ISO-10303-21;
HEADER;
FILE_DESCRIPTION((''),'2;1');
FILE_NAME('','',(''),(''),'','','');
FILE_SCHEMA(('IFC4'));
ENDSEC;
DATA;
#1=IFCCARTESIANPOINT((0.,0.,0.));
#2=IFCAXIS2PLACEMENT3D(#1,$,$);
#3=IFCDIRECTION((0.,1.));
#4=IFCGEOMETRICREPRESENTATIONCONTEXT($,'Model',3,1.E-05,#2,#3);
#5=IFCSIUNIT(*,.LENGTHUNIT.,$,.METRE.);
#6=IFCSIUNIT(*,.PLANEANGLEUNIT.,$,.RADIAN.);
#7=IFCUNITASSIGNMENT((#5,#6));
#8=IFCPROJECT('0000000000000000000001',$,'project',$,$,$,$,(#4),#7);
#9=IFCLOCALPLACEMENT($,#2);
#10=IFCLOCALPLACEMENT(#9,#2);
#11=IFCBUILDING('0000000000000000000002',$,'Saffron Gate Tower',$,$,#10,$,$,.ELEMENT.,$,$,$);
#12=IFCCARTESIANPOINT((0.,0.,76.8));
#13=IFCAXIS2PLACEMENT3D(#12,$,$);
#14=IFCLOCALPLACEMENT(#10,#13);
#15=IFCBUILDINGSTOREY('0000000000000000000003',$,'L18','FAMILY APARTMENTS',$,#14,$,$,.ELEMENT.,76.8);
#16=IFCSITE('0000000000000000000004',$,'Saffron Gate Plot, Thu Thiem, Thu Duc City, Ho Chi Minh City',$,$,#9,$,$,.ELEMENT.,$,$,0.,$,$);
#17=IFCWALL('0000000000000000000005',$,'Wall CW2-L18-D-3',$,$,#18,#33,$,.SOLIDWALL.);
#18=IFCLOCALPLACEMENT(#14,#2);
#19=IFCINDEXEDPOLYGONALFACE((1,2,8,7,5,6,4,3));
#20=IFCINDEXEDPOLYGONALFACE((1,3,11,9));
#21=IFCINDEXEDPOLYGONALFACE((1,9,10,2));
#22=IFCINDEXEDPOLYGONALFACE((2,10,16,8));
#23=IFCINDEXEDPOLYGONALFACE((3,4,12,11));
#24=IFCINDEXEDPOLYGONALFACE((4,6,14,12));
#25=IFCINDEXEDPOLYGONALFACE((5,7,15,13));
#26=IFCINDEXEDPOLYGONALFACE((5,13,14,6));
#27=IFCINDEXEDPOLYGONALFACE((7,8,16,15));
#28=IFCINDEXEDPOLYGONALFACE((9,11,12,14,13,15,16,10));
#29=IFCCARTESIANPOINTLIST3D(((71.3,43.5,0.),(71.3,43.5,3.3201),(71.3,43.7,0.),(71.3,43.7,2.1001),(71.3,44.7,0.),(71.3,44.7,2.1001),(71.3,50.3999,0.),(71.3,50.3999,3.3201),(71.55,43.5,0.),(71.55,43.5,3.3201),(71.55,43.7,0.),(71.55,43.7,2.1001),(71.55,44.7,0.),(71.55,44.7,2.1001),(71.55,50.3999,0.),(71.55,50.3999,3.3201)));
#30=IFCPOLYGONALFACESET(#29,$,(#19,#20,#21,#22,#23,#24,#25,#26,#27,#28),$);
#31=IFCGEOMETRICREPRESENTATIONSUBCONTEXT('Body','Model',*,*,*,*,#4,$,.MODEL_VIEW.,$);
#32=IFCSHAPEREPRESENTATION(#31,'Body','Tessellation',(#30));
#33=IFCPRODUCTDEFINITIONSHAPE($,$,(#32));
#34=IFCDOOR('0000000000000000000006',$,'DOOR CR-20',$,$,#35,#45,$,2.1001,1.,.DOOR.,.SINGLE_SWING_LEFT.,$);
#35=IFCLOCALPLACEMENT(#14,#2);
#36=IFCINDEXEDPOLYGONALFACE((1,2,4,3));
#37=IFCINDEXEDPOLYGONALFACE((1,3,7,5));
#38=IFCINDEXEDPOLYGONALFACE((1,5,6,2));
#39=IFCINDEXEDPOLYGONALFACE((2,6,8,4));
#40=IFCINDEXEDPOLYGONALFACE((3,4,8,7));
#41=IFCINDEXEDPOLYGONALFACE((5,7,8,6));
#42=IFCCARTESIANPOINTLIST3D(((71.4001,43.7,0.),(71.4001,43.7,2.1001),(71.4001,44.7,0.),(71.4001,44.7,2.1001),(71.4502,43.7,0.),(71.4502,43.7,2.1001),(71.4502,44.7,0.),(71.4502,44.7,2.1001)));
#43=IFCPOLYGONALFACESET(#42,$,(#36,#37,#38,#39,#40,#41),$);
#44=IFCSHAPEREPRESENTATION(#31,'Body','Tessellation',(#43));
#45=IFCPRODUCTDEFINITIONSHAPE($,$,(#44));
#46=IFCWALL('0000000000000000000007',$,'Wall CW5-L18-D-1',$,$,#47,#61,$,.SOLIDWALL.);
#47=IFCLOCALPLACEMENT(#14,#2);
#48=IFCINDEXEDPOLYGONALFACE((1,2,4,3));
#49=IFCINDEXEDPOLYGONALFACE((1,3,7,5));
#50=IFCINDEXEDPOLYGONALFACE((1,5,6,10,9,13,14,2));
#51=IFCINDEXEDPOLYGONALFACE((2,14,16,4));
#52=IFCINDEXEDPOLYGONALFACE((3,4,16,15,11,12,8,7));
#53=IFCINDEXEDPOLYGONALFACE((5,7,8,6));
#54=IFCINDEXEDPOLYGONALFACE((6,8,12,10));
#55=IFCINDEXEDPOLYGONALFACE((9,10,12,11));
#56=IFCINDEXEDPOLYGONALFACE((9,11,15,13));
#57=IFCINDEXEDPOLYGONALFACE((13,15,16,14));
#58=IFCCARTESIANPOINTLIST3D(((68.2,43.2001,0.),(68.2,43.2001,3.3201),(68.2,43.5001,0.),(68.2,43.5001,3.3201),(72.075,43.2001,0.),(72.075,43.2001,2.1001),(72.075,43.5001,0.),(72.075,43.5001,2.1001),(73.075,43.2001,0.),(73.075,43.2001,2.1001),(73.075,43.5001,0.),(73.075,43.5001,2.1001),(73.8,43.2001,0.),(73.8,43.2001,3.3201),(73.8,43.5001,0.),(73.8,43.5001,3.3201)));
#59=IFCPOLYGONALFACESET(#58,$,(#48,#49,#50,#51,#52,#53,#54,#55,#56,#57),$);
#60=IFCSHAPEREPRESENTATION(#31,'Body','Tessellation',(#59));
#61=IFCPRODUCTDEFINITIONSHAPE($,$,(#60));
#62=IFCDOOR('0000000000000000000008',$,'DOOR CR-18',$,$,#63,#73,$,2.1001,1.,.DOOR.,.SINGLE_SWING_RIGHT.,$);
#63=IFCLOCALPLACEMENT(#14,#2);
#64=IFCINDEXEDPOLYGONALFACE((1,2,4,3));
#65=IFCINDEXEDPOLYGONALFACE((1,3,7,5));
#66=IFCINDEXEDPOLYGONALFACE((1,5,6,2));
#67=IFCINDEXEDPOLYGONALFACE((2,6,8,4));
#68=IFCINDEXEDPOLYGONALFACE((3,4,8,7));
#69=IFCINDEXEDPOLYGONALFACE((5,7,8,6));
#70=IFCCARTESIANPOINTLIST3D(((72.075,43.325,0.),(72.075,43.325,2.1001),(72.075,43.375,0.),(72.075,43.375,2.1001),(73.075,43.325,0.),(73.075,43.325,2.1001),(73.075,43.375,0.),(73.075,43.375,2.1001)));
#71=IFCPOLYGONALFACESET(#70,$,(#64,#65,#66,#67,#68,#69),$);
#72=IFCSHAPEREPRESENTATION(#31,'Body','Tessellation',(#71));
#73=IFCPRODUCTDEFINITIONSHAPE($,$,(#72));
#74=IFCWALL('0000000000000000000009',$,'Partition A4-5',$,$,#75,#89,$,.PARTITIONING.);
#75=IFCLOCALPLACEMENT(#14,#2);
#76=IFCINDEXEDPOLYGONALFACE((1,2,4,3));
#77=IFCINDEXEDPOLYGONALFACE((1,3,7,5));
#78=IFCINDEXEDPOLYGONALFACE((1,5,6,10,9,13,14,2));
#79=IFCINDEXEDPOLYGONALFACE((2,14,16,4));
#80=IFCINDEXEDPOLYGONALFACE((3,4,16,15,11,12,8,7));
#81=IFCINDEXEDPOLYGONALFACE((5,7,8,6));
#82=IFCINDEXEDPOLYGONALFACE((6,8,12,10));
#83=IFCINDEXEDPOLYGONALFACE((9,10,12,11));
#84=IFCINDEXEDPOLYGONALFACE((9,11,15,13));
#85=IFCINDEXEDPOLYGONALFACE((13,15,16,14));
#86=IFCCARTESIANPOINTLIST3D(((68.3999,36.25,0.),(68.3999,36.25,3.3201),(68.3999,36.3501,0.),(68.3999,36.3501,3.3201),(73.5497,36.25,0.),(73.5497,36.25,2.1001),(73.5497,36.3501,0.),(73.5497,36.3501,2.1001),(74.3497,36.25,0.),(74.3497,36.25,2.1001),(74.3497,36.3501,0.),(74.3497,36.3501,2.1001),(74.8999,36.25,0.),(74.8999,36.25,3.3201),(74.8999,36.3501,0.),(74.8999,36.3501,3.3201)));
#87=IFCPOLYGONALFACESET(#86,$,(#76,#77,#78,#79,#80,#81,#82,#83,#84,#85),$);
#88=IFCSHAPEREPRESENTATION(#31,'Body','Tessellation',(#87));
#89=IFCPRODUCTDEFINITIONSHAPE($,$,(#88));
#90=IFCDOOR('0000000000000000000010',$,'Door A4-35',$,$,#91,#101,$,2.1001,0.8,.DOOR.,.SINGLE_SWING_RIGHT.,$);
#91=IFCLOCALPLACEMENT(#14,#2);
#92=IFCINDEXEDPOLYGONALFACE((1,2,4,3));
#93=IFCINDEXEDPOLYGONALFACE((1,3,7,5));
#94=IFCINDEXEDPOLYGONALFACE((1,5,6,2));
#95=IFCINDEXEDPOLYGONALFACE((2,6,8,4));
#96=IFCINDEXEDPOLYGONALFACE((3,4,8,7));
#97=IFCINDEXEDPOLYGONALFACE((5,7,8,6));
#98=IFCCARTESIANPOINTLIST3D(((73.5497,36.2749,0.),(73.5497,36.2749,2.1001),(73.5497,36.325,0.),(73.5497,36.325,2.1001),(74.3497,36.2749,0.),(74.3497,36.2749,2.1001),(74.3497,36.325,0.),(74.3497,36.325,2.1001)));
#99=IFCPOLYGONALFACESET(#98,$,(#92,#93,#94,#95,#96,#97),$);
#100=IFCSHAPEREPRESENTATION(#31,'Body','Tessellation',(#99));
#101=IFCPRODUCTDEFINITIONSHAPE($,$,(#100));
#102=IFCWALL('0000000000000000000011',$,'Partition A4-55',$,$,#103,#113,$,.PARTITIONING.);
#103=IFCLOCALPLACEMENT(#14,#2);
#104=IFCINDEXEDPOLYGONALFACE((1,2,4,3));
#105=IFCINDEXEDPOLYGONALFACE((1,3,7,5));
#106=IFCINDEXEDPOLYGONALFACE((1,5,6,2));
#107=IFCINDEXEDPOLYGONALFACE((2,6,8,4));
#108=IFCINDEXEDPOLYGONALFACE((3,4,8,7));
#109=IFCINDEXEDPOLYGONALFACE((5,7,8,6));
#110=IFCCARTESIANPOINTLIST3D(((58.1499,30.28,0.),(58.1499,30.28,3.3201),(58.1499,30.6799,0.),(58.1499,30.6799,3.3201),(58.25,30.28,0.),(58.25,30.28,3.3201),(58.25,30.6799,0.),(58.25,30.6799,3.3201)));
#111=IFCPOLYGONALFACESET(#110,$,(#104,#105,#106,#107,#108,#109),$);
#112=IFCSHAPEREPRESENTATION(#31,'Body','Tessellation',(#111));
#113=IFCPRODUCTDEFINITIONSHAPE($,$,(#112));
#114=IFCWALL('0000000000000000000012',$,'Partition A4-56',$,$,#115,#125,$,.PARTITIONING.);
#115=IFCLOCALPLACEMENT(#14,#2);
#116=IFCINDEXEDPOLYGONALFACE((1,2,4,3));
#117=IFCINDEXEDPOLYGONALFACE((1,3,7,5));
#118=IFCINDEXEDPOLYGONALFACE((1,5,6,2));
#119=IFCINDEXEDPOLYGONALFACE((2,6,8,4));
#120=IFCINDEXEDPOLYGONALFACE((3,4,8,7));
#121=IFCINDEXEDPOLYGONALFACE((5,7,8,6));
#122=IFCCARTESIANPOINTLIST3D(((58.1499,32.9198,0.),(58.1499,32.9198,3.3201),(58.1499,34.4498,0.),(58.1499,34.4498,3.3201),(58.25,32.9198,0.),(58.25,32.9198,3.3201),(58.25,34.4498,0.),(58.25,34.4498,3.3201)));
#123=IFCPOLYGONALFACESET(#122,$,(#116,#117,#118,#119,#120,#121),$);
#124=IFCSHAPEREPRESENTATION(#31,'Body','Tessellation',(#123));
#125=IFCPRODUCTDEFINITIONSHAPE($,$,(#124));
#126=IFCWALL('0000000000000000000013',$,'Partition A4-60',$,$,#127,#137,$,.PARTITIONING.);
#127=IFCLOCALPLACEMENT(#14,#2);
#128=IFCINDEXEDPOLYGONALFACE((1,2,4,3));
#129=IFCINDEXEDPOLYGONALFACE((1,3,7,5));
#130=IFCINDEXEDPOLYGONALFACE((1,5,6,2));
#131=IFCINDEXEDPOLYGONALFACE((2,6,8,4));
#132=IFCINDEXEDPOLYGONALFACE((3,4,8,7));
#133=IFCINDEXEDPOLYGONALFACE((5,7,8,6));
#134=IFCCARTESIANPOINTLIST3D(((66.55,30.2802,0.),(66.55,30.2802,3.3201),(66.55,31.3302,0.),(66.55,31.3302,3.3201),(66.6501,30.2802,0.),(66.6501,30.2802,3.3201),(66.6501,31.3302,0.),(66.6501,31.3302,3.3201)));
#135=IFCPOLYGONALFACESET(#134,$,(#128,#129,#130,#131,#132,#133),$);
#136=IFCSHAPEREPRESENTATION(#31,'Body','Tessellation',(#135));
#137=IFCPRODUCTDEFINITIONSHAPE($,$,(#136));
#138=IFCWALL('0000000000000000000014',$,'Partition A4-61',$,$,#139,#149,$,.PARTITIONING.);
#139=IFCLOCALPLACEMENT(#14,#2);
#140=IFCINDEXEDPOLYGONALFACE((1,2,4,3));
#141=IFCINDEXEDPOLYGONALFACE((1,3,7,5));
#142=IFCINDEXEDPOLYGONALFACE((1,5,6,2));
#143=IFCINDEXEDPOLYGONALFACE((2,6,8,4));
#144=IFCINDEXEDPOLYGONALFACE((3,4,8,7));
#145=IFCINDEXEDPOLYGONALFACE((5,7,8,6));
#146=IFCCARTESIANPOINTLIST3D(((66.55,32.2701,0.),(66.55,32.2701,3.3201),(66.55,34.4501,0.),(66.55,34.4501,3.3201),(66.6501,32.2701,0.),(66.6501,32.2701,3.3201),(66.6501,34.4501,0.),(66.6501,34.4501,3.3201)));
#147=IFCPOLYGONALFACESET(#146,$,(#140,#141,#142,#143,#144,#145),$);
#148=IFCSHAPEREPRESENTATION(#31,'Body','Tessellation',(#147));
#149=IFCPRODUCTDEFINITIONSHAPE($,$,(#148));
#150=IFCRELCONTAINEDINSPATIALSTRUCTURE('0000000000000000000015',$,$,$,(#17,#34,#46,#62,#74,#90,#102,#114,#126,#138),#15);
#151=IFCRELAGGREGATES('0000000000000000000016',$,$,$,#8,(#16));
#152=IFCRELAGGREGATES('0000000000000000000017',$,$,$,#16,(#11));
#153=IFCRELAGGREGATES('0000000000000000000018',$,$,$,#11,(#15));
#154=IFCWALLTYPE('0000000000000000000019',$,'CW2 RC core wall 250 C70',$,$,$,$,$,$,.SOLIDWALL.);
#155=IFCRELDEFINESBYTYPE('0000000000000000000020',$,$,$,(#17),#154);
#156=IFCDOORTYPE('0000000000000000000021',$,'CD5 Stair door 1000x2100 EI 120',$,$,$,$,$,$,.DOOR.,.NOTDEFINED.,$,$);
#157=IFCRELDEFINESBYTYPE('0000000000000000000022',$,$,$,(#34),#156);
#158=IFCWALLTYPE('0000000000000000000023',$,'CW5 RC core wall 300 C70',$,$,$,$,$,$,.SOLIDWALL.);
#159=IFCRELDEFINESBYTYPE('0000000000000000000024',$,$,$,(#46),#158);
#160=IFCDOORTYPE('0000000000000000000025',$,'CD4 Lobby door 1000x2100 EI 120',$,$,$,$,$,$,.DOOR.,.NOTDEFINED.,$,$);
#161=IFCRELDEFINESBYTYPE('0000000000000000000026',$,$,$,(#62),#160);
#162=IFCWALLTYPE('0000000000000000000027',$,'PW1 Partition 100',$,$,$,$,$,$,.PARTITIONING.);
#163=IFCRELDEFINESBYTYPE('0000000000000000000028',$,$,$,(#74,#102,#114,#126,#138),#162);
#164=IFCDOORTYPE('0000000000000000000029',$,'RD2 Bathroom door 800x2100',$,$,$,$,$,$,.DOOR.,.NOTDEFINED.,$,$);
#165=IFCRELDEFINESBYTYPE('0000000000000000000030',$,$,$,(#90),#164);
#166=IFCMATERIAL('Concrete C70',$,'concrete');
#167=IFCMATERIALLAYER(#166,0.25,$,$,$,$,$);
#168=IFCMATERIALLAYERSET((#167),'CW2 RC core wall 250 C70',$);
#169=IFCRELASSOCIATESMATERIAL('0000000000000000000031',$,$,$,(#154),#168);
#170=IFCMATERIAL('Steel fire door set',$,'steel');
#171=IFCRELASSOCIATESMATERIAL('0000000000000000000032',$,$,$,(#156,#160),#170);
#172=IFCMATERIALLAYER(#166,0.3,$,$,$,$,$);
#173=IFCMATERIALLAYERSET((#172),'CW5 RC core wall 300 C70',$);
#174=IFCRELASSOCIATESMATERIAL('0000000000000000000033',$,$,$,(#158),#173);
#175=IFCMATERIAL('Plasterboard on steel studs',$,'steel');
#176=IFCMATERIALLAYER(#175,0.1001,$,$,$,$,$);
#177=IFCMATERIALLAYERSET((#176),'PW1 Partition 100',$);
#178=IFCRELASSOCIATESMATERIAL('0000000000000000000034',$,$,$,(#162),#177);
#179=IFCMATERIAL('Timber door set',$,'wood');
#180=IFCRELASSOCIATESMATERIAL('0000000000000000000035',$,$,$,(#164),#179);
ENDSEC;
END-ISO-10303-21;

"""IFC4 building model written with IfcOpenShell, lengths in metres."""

from ifc_helpers import new_model, si_unit, direction, frame, frame_2d, origin, place, context, subcontext, project, spatial, rectangle, extrude, material, layer, layer_set, type_object, element, fill, save


model = new_model("IFC4")

# Units and contexts
model_context = context("Model", 3, precision=1e-05, world=origin(), true_north=direction((0.0, 1.0)))
body_context = subcontext(model_context, "Body", "Model", "MODEL_VIEW")
ifc_project = project(units=[si_unit("LENGTHUNIT", "METRE"), si_unit("PLANEANGLEUNIT", "RADIAN")], contexts=[model_context])

# Site, building, storey
site_placement = place(None, origin())
site = spatial("IfcSite", under=ifc_project, at=site_placement, Name="Saffron Gate Plot, Thu Thiem, Thu Duc City, Ho Chi Minh City", CompositionType="ELEMENT", RefElevation=0.0)
building_placement = place(site_placement, origin())
building = spatial("IfcBuilding", under=site, at=building_placement, Name="Saffron Gate Tower", CompositionType="ELEMENT")
storey_placement = place(building_placement, frame((0.0, 0.0, 76.8)))
storey = spatial("IfcBuildingStorey", under=building, at=storey_placement, Name="L18", Description="FAMILY APARTMENTS", CompositionType="ELEMENT", Elevation=76.8)

# Shared definitions
ifc_material_1 = material(Name="Concrete C70", Category="concrete")
ifc_layer_1 = layer(ifc_material_1, 0.25)
ifc_layer_set_1 = layer_set([ifc_layer_1], Name="CW2 RC core wall 250 C70")
wall_type_1 = type_object("IfcWallType", Name="CW2 RC core wall 250 C70", PredefinedType="SOLIDWALL", material=ifc_layer_set_1)

# Walls, openings, doors
wall_1_placement = place(storey_placement, frame((71.425, 43.5, 0.0), z_axis=(0.0, 0.0, 1.0), x_axis=(0.0, 1.0, 0.0)))
wall_1 = element("IfcWall", 1, at=wall_1_placement, inside=storey, type_object=wall_type_1, Name="Wall CW2-L18-D-3", PredefinedType="SOLIDWALL", context=body_context, shape_type="SweptSolid", body=[
    extrude(rectangle(XDim=6.8999, YDim=0.25, at=frame_2d((3.45, 0.0))), origin(), (0.0, 0.0, 1.0), 3.3201),
])
opening_1_placement = place(wall_1_placement, frame((0.2, 0.0, 0.0)))
opening_1 = element("IfcOpeningElement", 2, at=opening_1_placement, cuts=wall_1, PredefinedType="OPENING", context=body_context, shape_type="SweptSolid", body=[
    extrude(rectangle(XDim=1.0, YDim=2.1001, at=frame_2d((0.5, 1.05))), frame((0.0, 0.135, 0.0), z_axis=(0.0, -1.0, 0.0), x_axis=(1.0, 0.0, 0.0)), (0.0, 0.0, 1.0), 0.27),
])
ifc_material_2 = material(Name="Steel fire door set", Category="steel")
door_type_1 = type_object("IfcDoorType", Name="CD5 Stair door 1000x2100 EI 120", OperationType="NOTDEFINED", PredefinedType="DOOR", material=ifc_material_2)
door_1_placement = place(opening_1_placement, origin())
door_1 = element("IfcDoor", 3, at=door_1_placement, inside=storey, type_object=door_type_1, Name="DOOR CR-20", OperationType="SINGLE_SWING_LEFT", OverallHeight=2.1001, OverallWidth=1.0, PredefinedType="DOOR", context=body_context, shape_type="SweptSolid", body=[
    extrude(rectangle(XDim=1.0, YDim=2.1001, at=frame_2d((0.5, 1.05))), frame((0.0, 0.0249, 0.0), z_axis=(0.0, -1.0, 0.0), x_axis=(1.0, 0.0, 0.0)), (0.0, 0.0, 1.0), 0.05),
])
fill(opening_1, door_1)
ifc_layer_2 = layer(ifc_material_1, 0.3)
ifc_layer_set_2 = layer_set([ifc_layer_2], Name="CW5 RC core wall 300 C70")
wall_type_2 = type_object("IfcWallType", Name="CW5 RC core wall 300 C70", PredefinedType="SOLIDWALL", material=ifc_layer_set_2)
wall_2_placement = place(storey_placement, frame((68.2, 43.3501, 0.0), z_axis=(0.0, 0.0, 1.0), x_axis=(1.0, 0.0, 0.0)))
wall_2 = element("IfcWall", 4, at=wall_2_placement, inside=storey, type_object=wall_type_2, Name="Wall CW5-L18-D-1", PredefinedType="SOLIDWALL", context=body_context, shape_type="SweptSolid", body=[
    extrude(rectangle(XDim=5.6001, YDim=0.3, at=frame_2d((2.8, 0.0))), origin(), (0.0, 0.0, 1.0), 3.3201),
])
opening_2_placement = place(wall_2_placement, frame((3.875, 0.0, 0.0)))
opening_2 = element("IfcOpeningElement", 5, at=opening_2_placement, cuts=wall_2, PredefinedType="OPENING", context=body_context, shape_type="SweptSolid", body=[
    extrude(rectangle(XDim=1.0, YDim=2.1001, at=frame_2d((0.5, 1.05))), frame((0.0, 0.1602, 0.0), z_axis=(0.0, -1.0, 0.0), x_axis=(1.0, 0.0, 0.0)), (0.0, 0.0, 1.0), 0.3201),
])
door_type_2 = type_object("IfcDoorType", Name="CD4 Lobby door 1000x2100 EI 120", OperationType="NOTDEFINED", PredefinedType="DOOR", material=ifc_material_2)
door_2_placement = place(opening_2_placement, origin())
door_2 = element("IfcDoor", 6, at=door_2_placement, inside=storey, type_object=door_type_2, Name="DOOR CR-18", OperationType="SINGLE_SWING_RIGHT", OverallHeight=2.1001, OverallWidth=1.0, PredefinedType="DOOR", context=body_context, shape_type="SweptSolid", body=[
    extrude(rectangle(XDim=1.0, YDim=2.1001, at=frame_2d((0.5, 1.05))), frame((0.0, 0.0249, 0.0), z_axis=(0.0, -1.0, 0.0), x_axis=(1.0, 0.0, 0.0)), (0.0, 0.0, 1.0), 0.05),
])
fill(opening_2, door_2)
ifc_material_3 = material(Name="Plasterboard on steel studs", Category="steel")
ifc_layer_3 = layer(ifc_material_3, 0.1001)
ifc_layer_set_3 = layer_set([ifc_layer_3], Name="PW1 Partition 100")
wall_type_3 = type_object("IfcWallType", Name="PW1 Partition 100", PredefinedType="PARTITIONING", material=ifc_layer_set_3)
wall_3_placement = place(storey_placement, frame((68.3999, 36.3, 0.0), z_axis=(0.0, 0.0, 1.0), x_axis=(1.0, 0.0, 0.0)))
wall_3 = element("IfcWall", 7, at=wall_3_placement, inside=storey, type_object=wall_type_3, Name="Partition A4-5", PredefinedType="PARTITIONING", context=body_context, shape_type="SweptSolid", body=[
    extrude(rectangle(XDim=6.5, YDim=0.1001, at=frame_2d((3.25, 0.0))), origin(), (0.0, 0.0, 1.0), 3.3201),
])
opening_3_placement = place(wall_3_placement, frame((5.1499, 0.0, 0.0)))
opening_3 = element("IfcOpeningElement", 8, at=opening_3_placement, cuts=wall_3, PredefinedType="OPENING", context=body_context, shape_type="SweptSolid", body=[
    extrude(rectangle(XDim=0.8, YDim=2.1001, at=frame_2d((0.3999, 1.05))), frame((0.0, 0.0601, 0.0), z_axis=(0.0, -1.0, 0.0), x_axis=(1.0, 0.0, 0.0)), (0.0, 0.0, 1.0), 0.1201),
])
ifc_material_4 = material(Name="Timber door set", Category="wood")
door_type_3 = type_object("IfcDoorType", Name="RD2 Bathroom door 800x2100", OperationType="NOTDEFINED", PredefinedType="DOOR", material=ifc_material_4)
door_3_placement = place(opening_3_placement, origin())
door_3 = element("IfcDoor", 9, at=door_3_placement, inside=storey, type_object=door_type_3, Name="Door A4-35", OperationType="SINGLE_SWING_RIGHT", OverallHeight=2.1001, OverallWidth=0.8, PredefinedType="DOOR", context=body_context, shape_type="SweptSolid", body=[
    extrude(rectangle(XDim=0.8, YDim=2.1001, at=frame_2d((0.3999, 1.05))), frame((0.0, 0.0249, 0.0), z_axis=(0.0, -1.0, 0.0), x_axis=(1.0, 0.0, 0.0)), (0.0, 0.0, 1.0), 0.05),
])
fill(opening_3, door_3)

# Walls
wall_4_placement = place(storey_placement, frame((58.2, 30.6799, 0.0), z_axis=(0.0, 0.0, 1.0), x_axis=(0.0, -1.0, 0.0)))
element("IfcWall", 10, at=wall_4_placement, inside=storey, type_object=wall_type_3, Name="Partition A4-55", PredefinedType="PARTITIONING", context=body_context, shape_type="SweptSolid", body=[
    extrude(rectangle(XDim=0.3999, YDim=0.1001, at=frame_2d((0.2, 0.0))), origin(), (0.0, 0.0, 1.0), 3.3201),
])
wall_5_placement = place(storey_placement, frame((58.2, 34.45, 0.0), z_axis=(0.0, 0.0, 1.0), x_axis=(0.0, -1.0, 0.0)))
element("IfcWall", 11, at=wall_5_placement, inside=storey, type_object=wall_type_3, Name="Partition A4-56", PredefinedType="PARTITIONING", context=body_context, shape_type="SweptSolid", body=[
    extrude(rectangle(XDim=1.53, YDim=0.1001, at=frame_2d((0.7651, 0.0))), origin(), (0.0, 0.0, 1.0), 3.3201),
])
wall_6_placement = place(storey_placement, frame((66.6001, 31.3301, 0.0), z_axis=(0.0, 0.0, 1.0), x_axis=(0.0, -1.0, 0.0)))
element("IfcWall", 12, at=wall_6_placement, inside=storey, type_object=wall_type_3, Name="Partition A4-60", PredefinedType="PARTITIONING", context=body_context, shape_type="SweptSolid", body=[
    extrude(rectangle(XDim=1.05, YDim=0.1001, at=frame_2d((0.5249, 0.0))), origin(), (0.0, 0.0, 1.0), 3.3201),
])
wall_7_placement = place(storey_placement, frame((66.6001, 34.45, 0.0), z_axis=(0.0, 0.0, 1.0), x_axis=(0.0, -1.0, 0.0)))
element("IfcWall", 13, at=wall_7_placement, inside=storey, type_object=wall_type_3, Name="Partition A4-61", PredefinedType="PARTITIONING", context=body_context, shape_type="SweptSolid", body=[
    extrude(rectangle(XDim=2.1799, YDim=0.1001, at=frame_2d((1.0898, 0.0))), origin(), (0.0, 0.0, 1.0), 3.3201),
])

save(model, "model.ifc")
